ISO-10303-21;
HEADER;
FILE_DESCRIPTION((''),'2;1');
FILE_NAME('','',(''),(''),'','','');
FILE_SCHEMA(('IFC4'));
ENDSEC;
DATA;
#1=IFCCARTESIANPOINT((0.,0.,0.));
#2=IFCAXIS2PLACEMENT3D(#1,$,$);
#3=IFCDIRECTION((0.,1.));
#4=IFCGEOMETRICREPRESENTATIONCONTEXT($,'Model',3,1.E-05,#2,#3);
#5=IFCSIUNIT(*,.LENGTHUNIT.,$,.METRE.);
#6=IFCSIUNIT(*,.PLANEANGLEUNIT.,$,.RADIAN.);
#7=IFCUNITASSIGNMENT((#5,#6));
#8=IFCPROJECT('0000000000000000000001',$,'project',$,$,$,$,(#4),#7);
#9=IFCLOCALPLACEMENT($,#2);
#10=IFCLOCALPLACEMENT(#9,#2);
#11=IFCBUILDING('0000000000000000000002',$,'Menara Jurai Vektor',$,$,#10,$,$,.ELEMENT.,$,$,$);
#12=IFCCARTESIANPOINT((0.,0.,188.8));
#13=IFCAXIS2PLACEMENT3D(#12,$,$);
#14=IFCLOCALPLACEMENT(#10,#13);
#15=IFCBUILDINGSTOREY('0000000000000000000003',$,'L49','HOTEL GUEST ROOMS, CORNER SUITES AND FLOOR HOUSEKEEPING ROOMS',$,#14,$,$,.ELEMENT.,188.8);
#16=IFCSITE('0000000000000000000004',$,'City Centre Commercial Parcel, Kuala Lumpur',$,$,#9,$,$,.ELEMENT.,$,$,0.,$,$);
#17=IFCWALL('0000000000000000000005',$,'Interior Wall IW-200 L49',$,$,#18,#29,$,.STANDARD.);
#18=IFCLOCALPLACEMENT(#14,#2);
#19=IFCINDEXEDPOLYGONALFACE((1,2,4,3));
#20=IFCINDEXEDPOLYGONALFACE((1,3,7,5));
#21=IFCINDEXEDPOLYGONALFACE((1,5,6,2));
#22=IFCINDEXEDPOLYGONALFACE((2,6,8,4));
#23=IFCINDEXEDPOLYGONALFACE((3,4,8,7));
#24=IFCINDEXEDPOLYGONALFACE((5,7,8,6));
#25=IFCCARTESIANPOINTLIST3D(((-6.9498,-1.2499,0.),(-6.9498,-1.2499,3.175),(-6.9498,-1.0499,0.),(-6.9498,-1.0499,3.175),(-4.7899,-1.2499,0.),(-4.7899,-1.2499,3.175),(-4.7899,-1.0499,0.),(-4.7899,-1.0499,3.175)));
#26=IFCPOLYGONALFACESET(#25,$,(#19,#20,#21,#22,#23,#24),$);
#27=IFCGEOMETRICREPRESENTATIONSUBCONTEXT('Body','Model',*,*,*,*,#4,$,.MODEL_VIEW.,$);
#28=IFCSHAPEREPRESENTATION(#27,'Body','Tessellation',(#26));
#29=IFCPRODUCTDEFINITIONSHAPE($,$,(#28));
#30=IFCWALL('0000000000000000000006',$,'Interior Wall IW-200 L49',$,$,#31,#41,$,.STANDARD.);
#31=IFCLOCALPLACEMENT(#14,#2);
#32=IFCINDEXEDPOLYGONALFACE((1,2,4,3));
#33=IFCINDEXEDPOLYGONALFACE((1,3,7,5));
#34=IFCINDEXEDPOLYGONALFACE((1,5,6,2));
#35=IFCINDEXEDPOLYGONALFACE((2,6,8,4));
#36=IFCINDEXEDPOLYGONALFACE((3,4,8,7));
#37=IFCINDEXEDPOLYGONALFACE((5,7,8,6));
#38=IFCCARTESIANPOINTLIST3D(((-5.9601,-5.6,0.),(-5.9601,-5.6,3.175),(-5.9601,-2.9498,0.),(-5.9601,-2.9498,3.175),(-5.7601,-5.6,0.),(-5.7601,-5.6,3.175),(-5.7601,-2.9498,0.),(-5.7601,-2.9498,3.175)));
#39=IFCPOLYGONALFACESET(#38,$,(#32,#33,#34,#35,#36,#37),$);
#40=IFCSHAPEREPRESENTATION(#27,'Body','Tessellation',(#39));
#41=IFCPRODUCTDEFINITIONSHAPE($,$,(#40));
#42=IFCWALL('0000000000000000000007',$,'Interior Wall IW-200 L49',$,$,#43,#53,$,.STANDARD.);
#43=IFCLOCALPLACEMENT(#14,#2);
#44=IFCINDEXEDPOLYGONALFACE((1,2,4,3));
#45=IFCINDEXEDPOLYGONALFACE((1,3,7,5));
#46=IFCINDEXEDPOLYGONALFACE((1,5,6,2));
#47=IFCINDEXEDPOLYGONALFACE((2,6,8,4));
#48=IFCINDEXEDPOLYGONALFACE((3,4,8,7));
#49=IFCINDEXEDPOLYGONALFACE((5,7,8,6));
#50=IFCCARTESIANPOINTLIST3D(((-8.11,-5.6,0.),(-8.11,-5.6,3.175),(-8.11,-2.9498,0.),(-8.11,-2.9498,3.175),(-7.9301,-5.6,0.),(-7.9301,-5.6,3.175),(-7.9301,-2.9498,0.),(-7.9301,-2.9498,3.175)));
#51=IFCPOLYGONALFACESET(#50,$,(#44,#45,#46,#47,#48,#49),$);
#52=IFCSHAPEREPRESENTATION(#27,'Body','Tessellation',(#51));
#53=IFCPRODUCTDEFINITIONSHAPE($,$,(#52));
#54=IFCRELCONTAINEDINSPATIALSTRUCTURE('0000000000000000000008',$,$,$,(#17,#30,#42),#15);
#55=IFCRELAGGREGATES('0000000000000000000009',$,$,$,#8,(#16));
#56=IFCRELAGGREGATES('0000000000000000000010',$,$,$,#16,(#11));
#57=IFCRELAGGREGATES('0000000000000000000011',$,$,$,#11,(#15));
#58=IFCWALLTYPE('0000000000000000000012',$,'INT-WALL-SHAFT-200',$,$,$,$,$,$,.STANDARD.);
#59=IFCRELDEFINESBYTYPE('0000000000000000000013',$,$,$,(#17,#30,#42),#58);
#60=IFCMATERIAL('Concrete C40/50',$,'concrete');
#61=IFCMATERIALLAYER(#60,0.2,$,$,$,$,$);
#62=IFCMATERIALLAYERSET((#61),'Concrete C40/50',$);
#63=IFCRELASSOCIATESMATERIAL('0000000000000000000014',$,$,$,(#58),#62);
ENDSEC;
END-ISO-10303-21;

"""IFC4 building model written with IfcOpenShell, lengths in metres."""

from ifc_helpers import new_model, si_unit, direction, frame, frame_2d, origin, place, context, subcontext, project, spatial, rectangle, extrude, material, layer, layer_set, type_object, element, save


model = new_model("IFC4")

# Units and contexts
model_context = context("Model", 3, precision=1e-05, world=origin(), true_north=direction((0.0, 1.0)))
body_context = subcontext(model_context, "Body", "Model", "MODEL_VIEW")
ifc_project = project(units=[si_unit("LENGTHUNIT", "METRE"), si_unit("PLANEANGLEUNIT", "RADIAN")], contexts=[model_context])

# Site, building, storey
site_placement = place(None, origin())
site = spatial("IfcSite", under=ifc_project, at=site_placement, Name="City Centre Commercial Parcel, Kuala Lumpur", CompositionType="ELEMENT", RefElevation=0.0)
building_placement = place(site_placement, origin())
building = spatial("IfcBuilding", under=site, at=building_placement, Name="Menara Jurai Vektor", CompositionType="ELEMENT")
storey_placement = place(building_placement, frame((0.0, 0.0, 188.8)))
storey = spatial("IfcBuildingStorey", under=building, at=storey_placement, Name="L49", Description="HOTEL GUEST ROOMS, CORNER SUITES AND FLOOR HOUSEKEEPING ROOMS", CompositionType="ELEMENT", Elevation=188.8)

# Walls
ifc_material_1 = material(Name="Concrete C40/50", Category="concrete")
ifc_layer_1 = layer(ifc_material_1, 0.2)
ifc_layer_set_1 = layer_set([ifc_layer_1], Name="Concrete C40/50")
wall_type_1 = type_object("IfcWallType", Name="INT-WALL-SHAFT-200", PredefinedType="STANDARD", material=ifc_layer_set_1)
wall_1_placement = place(storey_placement, frame((-6.95, -1.1499, 0.0), z_axis=(0.0, 0.0, 1.0), x_axis=(1.0, 0.0, 0.0)))
element("IfcWall", 1, at=wall_1_placement, inside=storey, type_object=wall_type_1, Name="Interior Wall IW-200 L49", PredefinedType="STANDARD", context=body_context, shape_type="SweptSolid", body=[
    extrude(rectangle(XDim=2.1599, YDim=0.2, at=frame_2d((1.0801, 0.0))), origin(), (0.0, 0.0, 1.0), 3.175),
])
wall_2_placement = place(storey_placement, frame((-5.8601, -5.6001, 0.0), z_axis=(0.0, 0.0, 1.0), x_axis=(0.0, 1.0, 0.0)))
element("IfcWall", 2, at=wall_2_placement, inside=storey, type_object=wall_type_1, Name="Interior Wall IW-200 L49", PredefinedType="STANDARD", context=body_context, shape_type="SweptSolid", body=[
    extrude(rectangle(XDim=2.6501, YDim=0.2, at=frame_2d((1.3252, 0.0))), origin(), (0.0, 0.0, 1.0), 3.175),
])
wall_3_placement = place(storey_placement, frame((-8.02, -5.6001, 0.0), z_axis=(0.0, 0.0, 1.0), x_axis=(0.0, 1.0, 0.0)))
element("IfcWall", 3, at=wall_3_placement, inside=storey, type_object=wall_type_1, Name="Interior Wall IW-200 L49", PredefinedType="STANDARD", context=body_context, shape_type="SweptSolid", body=[
    extrude(rectangle(XDim=2.6501, YDim=0.1799, at=frame_2d((1.3252, 0.0))), origin(), (0.0, 0.0, 1.0), 3.175),
])

save(model, "model.ifc")
